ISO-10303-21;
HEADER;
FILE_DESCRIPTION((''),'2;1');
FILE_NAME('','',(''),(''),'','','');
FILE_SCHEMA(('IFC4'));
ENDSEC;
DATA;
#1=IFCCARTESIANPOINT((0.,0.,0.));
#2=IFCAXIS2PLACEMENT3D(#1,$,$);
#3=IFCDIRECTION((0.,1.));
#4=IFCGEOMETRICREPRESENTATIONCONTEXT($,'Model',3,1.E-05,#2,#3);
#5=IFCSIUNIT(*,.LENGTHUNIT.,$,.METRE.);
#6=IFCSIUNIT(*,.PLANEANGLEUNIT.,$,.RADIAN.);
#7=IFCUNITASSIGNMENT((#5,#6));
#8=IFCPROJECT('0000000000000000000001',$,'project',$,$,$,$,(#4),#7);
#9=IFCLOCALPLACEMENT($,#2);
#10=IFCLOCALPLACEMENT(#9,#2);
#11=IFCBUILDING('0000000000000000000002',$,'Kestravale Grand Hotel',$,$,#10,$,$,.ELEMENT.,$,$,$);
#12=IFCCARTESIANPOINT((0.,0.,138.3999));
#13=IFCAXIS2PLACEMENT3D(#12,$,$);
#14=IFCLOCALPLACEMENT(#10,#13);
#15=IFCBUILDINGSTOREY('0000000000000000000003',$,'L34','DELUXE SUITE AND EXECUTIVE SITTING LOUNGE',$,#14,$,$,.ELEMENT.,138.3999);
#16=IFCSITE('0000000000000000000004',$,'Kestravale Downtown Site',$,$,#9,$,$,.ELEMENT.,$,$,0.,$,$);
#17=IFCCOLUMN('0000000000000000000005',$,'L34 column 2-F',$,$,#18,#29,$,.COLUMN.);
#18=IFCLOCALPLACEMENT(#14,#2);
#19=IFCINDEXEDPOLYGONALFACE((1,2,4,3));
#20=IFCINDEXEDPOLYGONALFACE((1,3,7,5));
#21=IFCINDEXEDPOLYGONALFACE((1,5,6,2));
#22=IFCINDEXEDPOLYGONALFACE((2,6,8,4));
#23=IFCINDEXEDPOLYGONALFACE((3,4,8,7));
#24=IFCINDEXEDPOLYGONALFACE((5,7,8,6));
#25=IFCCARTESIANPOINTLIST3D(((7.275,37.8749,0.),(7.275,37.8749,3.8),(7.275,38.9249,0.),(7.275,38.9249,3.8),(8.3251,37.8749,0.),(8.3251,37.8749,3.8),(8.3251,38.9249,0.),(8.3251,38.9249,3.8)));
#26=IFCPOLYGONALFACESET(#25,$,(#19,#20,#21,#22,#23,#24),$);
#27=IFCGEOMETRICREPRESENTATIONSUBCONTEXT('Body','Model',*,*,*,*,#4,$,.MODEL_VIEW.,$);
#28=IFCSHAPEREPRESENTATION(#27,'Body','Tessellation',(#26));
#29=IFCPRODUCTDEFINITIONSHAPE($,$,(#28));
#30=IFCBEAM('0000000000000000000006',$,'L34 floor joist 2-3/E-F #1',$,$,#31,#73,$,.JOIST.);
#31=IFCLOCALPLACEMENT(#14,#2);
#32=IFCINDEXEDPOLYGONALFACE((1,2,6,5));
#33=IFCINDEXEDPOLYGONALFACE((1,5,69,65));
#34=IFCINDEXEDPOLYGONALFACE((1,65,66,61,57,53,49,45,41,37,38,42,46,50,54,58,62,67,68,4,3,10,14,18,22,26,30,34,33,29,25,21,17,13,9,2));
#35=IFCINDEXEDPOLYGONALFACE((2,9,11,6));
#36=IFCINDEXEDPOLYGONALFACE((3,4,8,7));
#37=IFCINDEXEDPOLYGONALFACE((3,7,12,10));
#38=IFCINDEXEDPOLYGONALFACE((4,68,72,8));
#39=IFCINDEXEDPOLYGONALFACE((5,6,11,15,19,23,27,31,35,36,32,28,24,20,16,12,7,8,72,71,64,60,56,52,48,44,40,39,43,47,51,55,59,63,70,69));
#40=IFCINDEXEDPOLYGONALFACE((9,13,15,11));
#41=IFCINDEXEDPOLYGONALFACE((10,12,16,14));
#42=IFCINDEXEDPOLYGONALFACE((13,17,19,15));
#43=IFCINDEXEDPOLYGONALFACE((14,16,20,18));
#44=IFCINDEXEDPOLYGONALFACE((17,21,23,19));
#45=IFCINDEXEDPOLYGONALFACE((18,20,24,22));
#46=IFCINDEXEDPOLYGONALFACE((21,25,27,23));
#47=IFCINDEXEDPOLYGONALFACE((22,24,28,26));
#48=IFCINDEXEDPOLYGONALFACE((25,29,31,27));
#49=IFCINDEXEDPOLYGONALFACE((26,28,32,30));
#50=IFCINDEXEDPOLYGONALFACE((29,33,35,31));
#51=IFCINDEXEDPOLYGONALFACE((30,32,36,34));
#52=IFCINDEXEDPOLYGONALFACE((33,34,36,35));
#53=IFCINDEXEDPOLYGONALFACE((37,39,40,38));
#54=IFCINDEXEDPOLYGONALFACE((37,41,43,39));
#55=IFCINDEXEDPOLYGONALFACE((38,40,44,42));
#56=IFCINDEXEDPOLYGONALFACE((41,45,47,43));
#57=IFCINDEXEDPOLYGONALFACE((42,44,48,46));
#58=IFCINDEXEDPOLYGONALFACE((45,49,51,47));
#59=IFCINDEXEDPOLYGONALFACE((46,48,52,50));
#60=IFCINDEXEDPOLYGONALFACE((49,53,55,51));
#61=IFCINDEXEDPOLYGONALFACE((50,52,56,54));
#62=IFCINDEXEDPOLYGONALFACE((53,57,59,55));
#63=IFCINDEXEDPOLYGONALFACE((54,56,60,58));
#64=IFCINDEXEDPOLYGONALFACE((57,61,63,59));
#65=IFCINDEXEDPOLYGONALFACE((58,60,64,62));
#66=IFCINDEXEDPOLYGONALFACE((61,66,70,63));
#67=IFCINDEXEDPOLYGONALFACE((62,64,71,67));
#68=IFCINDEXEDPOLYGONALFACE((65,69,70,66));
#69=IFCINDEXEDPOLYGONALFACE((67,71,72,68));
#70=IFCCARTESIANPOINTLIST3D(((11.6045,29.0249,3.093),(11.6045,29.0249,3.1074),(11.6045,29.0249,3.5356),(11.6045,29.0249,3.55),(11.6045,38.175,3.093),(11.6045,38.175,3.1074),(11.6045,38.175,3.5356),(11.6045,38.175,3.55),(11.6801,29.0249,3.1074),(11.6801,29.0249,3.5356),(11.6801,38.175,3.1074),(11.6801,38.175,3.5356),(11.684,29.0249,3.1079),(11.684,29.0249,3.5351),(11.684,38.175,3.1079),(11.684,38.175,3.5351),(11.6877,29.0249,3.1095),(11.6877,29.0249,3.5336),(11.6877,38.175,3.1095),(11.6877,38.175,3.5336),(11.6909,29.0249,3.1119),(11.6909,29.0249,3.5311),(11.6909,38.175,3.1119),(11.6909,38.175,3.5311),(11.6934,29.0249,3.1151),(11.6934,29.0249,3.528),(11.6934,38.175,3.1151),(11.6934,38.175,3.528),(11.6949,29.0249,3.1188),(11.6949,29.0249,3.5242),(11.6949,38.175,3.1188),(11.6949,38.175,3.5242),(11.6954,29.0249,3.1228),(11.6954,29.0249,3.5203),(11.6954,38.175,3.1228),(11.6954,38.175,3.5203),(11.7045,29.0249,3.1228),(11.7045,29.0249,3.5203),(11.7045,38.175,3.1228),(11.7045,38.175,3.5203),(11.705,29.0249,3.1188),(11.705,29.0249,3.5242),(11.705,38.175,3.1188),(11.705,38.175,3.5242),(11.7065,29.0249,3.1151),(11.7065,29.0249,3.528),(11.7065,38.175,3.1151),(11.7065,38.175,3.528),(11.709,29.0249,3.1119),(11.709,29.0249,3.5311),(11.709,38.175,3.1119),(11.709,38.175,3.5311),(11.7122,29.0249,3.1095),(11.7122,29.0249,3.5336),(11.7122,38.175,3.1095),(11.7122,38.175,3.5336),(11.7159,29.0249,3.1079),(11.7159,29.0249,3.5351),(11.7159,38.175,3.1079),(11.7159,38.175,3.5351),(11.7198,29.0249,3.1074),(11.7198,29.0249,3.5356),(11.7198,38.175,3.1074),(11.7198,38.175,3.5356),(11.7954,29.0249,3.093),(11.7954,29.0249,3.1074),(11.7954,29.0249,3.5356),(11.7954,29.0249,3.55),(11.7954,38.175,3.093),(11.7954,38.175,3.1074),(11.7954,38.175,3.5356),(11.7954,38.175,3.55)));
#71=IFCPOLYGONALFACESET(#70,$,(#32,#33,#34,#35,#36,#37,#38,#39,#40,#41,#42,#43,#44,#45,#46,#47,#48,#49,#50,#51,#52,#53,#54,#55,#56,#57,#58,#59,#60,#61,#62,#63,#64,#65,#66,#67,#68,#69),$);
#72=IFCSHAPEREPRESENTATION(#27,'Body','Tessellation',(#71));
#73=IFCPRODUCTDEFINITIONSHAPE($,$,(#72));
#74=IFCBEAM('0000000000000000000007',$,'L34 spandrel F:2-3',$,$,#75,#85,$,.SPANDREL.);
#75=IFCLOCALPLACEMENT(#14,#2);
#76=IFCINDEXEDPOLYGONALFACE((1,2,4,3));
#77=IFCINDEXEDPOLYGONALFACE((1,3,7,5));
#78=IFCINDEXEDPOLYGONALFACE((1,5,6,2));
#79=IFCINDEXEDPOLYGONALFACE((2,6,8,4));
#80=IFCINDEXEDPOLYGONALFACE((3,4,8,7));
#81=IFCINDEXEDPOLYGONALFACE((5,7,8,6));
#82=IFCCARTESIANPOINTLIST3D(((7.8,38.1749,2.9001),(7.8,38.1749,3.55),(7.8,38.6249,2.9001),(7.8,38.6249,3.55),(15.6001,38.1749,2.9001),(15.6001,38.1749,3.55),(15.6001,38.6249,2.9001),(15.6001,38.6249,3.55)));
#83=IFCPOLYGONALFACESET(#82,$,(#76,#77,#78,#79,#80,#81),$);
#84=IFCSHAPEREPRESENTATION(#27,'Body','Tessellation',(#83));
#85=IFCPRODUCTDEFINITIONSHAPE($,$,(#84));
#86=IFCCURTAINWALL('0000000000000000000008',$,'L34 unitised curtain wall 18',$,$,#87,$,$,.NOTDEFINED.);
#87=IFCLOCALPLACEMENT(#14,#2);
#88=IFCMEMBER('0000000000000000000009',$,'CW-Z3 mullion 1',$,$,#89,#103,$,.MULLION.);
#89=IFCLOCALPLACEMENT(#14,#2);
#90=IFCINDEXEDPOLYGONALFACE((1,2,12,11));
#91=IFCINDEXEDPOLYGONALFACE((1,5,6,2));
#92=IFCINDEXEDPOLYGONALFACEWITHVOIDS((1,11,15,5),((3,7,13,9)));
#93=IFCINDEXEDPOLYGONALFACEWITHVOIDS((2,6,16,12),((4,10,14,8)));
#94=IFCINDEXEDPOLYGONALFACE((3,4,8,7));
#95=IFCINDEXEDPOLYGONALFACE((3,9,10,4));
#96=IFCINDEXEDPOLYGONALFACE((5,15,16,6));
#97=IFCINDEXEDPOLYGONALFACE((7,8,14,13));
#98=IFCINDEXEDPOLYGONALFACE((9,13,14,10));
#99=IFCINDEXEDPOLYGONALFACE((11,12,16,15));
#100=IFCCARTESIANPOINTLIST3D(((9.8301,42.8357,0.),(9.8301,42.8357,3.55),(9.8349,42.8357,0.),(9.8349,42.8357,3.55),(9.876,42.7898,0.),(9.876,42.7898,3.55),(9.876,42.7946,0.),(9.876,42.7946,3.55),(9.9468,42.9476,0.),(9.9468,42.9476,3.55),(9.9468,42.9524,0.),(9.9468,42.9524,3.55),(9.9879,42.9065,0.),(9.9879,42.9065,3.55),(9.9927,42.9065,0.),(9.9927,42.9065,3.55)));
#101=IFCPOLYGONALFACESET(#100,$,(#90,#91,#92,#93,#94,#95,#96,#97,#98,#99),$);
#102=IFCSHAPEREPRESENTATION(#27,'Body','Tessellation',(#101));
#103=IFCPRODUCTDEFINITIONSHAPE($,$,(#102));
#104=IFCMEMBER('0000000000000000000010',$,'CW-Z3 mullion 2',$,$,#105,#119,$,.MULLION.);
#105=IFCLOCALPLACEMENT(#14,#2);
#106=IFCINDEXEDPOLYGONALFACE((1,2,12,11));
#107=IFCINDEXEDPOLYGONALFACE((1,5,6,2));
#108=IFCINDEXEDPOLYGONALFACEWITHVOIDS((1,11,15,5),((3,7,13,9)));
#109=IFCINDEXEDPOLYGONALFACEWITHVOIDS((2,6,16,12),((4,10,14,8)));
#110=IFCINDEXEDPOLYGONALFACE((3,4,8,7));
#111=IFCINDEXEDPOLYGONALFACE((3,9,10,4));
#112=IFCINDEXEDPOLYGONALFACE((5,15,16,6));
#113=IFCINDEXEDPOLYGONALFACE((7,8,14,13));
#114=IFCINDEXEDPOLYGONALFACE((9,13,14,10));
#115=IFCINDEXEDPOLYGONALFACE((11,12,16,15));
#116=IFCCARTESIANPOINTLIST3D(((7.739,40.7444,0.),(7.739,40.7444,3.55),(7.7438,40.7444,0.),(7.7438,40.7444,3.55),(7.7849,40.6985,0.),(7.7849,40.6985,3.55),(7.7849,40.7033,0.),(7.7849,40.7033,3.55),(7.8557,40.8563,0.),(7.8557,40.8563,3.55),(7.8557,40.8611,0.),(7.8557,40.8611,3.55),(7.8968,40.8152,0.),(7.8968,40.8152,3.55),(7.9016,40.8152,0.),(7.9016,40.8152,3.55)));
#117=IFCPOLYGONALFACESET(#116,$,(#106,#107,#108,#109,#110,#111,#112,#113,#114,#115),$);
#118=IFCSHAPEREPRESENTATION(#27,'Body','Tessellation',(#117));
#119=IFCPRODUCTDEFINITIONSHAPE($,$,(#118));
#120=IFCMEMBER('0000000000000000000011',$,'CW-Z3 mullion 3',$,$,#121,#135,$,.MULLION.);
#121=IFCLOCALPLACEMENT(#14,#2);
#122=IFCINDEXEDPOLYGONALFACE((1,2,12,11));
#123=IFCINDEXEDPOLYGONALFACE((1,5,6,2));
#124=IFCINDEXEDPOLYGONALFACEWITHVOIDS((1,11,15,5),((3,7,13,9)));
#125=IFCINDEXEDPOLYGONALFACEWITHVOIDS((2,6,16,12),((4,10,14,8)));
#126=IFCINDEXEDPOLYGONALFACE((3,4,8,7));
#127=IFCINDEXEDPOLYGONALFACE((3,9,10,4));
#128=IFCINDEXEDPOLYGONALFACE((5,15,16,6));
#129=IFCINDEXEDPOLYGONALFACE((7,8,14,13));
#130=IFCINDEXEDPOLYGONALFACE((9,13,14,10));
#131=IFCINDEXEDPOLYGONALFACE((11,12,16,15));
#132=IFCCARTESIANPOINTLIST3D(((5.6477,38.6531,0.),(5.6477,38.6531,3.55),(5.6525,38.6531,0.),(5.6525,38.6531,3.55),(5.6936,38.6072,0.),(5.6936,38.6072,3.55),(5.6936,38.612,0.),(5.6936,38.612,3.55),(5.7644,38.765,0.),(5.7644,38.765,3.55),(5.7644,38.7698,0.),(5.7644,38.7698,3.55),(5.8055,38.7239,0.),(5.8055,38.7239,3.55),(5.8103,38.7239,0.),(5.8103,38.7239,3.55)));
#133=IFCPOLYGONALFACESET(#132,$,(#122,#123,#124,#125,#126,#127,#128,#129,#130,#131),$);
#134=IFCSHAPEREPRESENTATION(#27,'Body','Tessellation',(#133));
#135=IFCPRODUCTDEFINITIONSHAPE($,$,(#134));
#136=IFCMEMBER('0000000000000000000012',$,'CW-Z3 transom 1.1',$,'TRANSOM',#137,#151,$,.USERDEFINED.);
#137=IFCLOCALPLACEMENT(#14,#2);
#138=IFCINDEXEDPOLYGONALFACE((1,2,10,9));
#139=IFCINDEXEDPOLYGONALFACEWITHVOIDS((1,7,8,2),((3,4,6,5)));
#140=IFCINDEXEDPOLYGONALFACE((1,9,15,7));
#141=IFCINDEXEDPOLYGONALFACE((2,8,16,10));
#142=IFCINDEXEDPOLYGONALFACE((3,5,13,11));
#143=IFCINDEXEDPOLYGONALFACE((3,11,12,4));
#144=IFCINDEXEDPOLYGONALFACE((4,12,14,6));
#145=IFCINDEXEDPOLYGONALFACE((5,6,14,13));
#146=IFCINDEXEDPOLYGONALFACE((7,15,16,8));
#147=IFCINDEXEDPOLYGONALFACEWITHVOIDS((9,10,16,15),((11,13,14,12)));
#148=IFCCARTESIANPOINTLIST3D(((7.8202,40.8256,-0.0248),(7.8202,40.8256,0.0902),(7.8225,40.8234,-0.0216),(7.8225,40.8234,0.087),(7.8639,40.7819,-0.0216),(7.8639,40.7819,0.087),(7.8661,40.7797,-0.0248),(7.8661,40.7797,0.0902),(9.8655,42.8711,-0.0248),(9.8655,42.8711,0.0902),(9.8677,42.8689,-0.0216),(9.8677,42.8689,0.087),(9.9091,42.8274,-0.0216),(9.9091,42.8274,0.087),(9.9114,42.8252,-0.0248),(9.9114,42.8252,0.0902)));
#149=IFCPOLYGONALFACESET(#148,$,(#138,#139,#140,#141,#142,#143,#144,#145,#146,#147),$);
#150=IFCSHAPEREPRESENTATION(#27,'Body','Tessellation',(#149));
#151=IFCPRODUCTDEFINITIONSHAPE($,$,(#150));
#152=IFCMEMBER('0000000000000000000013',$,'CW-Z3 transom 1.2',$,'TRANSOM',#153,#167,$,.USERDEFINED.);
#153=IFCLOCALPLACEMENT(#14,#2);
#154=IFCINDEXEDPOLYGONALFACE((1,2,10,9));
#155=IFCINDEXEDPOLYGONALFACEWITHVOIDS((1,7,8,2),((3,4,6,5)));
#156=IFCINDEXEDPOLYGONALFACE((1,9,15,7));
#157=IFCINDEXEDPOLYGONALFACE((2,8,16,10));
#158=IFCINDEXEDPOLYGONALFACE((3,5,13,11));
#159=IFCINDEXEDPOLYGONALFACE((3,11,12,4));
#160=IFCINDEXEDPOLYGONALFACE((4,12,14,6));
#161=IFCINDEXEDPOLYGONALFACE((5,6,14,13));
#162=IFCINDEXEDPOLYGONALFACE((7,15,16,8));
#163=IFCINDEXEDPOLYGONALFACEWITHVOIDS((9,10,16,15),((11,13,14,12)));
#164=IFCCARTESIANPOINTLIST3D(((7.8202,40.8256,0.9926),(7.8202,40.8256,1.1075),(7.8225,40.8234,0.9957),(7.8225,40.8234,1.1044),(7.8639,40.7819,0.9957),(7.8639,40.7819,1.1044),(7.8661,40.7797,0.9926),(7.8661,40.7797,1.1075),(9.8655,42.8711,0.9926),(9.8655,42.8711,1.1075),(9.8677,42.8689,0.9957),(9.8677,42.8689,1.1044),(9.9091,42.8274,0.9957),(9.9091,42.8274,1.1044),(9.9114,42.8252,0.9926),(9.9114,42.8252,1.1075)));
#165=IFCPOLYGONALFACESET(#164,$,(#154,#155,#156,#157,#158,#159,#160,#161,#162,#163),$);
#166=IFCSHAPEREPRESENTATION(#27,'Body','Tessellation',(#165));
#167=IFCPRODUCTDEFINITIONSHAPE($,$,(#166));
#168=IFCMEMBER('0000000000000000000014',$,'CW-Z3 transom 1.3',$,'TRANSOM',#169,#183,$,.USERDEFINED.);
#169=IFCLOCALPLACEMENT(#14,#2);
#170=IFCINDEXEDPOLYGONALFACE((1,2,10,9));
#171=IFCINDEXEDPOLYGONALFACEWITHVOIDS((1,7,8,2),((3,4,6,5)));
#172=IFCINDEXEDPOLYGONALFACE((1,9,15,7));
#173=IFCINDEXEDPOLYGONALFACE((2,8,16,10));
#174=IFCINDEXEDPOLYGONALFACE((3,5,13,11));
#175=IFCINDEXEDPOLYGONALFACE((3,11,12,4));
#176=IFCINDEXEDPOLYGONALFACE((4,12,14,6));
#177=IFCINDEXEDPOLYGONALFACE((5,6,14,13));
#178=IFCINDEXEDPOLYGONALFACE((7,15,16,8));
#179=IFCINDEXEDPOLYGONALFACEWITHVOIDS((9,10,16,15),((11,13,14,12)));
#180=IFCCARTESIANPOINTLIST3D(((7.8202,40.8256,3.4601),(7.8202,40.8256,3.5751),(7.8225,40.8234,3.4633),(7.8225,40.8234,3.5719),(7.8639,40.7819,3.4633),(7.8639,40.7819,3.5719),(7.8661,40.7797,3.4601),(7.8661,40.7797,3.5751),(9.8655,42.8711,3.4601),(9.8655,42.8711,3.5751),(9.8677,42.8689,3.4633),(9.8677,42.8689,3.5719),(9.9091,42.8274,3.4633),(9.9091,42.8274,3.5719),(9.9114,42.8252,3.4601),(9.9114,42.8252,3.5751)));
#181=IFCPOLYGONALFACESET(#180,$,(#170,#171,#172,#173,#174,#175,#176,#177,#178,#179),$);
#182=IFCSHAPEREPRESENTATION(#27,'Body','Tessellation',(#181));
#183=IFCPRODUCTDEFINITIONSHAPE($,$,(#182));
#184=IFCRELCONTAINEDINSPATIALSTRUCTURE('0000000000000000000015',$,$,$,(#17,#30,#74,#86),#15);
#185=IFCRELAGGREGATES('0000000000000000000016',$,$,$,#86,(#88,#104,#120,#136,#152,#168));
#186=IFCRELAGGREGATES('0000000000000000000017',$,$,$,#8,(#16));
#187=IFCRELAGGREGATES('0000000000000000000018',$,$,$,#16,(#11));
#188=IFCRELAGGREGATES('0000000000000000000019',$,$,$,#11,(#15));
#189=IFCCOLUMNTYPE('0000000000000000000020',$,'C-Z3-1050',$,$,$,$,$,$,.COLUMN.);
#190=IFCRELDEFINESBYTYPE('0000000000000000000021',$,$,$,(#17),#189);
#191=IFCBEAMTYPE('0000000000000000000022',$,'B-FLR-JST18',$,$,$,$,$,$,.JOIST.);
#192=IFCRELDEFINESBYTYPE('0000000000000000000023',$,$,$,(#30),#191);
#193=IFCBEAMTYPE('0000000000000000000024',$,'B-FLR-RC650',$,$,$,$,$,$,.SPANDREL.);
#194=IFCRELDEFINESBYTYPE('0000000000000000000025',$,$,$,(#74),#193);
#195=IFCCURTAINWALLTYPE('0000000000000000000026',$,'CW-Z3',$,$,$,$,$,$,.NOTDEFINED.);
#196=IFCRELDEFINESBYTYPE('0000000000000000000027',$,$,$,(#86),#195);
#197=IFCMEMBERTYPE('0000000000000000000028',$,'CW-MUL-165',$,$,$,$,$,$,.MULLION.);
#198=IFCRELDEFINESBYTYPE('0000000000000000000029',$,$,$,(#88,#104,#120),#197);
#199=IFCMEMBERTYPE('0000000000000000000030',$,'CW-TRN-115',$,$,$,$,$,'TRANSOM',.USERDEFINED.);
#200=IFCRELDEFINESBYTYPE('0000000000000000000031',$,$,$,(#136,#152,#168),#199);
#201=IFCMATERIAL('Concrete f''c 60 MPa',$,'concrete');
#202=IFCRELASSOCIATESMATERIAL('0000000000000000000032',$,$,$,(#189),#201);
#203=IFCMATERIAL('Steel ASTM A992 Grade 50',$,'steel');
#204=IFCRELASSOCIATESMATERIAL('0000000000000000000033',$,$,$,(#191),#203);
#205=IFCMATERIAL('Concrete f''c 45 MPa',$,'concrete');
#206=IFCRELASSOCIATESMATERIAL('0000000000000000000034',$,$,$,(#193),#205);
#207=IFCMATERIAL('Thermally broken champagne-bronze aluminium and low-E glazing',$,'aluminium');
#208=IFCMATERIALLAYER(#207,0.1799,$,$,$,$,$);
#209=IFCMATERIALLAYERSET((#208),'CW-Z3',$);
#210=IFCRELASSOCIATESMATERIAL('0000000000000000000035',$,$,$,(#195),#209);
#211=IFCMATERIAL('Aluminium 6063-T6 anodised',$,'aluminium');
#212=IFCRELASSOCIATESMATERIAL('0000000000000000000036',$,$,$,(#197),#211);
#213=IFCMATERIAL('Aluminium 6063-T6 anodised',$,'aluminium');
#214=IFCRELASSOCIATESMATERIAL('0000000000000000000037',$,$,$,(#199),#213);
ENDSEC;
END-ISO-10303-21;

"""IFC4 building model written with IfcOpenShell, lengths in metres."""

from ifc_helpers import new_model, si_unit, direction, frame, origin, origin_2d, place, context, subcontext, project, spatial, rectangle, hollow_rectangle, i_section, extrude, material, layer, layer_set, material_profile, profile_set, type_object, element, aggregate, save


model = new_model("IFC4")

# Units and contexts
model_context = context("Model", 3, precision=1e-05, world=origin(), true_north=direction((0.0, 1.0)))
body_context = subcontext(model_context, "Body", "Model", "MODEL_VIEW")
ifc_project = project(units=[si_unit("LENGTHUNIT", "METRE"), si_unit("PLANEANGLEUNIT", "RADIAN")], contexts=[model_context])

# Site, building, storey
site_placement = place(None, origin())
site = spatial("IfcSite", under=ifc_project, at=site_placement, Name="Kestravale Downtown Site", CompositionType="ELEMENT", RefElevation=0.0)
building_placement = place(site_placement, origin())
building = spatial("IfcBuilding", under=site, at=building_placement, Name="Kestravale Grand Hotel", CompositionType="ELEMENT")
storey_placement = place(building_placement, frame((0.0, 0.0, 138.3999)))
storey = spatial("IfcBuildingStorey", under=building, at=storey_placement, Name="L34", Description="DELUXE SUITE AND EXECUTIVE SITTING LOUNGE", CompositionType="ELEMENT", Elevation=138.3999)

# Column
ifc_material_1 = material(Name="Concrete f'c 60 MPa", Category="concrete")
ifc_material_profile_1 = material_profile(ifc_material_1, rectangle(XDim=1.05, YDim=1.05, at=origin_2d()))
ifc_profile_set_1 = profile_set([ifc_material_profile_1], Name="Concrete f'c 60 MPa")
column_type = type_object("IfcColumnType", Name="C-Z3-1050", PredefinedType="COLUMN", material=ifc_profile_set_1)
column_placement = place(storey_placement, frame((7.8, 38.3999, 0.0), z_axis=(0.0, 0.0, 1.0), x_axis=(1.0, 0.0, 0.0)))
element("IfcColumn", 1, at=column_placement, inside=storey, type_object=column_type, Name="L34 column 2-F", PredefinedType="COLUMN", context=body_context, shape_type="SweptSolid", body=[
    extrude(rectangle(XDim=1.05, YDim=1.05, at=origin_2d()), origin(), (0.0, 0.0, 1.0), 3.8),
])

# Beams
ifc_material_2 = material(Name="Steel ASTM A992 Grade 50", Category="steel")
ifc_material_profile_2 = material_profile(ifc_material_2, i_section(OverallWidth=0.1909, OverallDepth=0.457, WebThickness=0.009, FlangeThickness=0.0144, FilletRadius=0.0154, at=origin_2d()))
ifc_profile_set_2 = profile_set([ifc_material_profile_2], Name="Steel ASTM A992 Grade 50")
beam_type_1 = type_object("IfcBeamType", Name="B-FLR-JST18", PredefinedType="JOIST", material=ifc_profile_set_2)
beam_1_placement = place(storey_placement, frame((11.7, 29.0249, 3.3215), z_axis=(0.0, 1.0, 0.0), x_axis=(-1.0, 0.0, 0.0)))
element("IfcBeam", 2, at=beam_1_placement, inside=storey, type_object=beam_type_1, Name="L34 floor joist 2-3/E-F #1", PredefinedType="JOIST", context=body_context, shape_type="SweptSolid", body=[
    extrude(i_section(OverallWidth=0.1909, OverallDepth=0.457, WebThickness=0.009, FlangeThickness=0.0144, FilletRadius=0.0154, at=origin_2d()), origin(), (0.0, 0.0, 1.0), 9.1501),
])
ifc_material_3 = material(Name="Concrete f'c 45 MPa", Category="concrete")
ifc_material_profile_3 = material_profile(ifc_material_3, rectangle(XDim=0.45, YDim=0.6499, at=origin_2d()))
ifc_profile_set_3 = profile_set([ifc_material_profile_3], Name="Concrete f'c 45 MPa")
beam_type_2 = type_object("IfcBeamType", Name="B-FLR-RC650", PredefinedType="SPANDREL", material=ifc_profile_set_3)
beam_2_placement = place(storey_placement, frame((7.8, 38.3999, 3.2251), z_axis=(1.0, 0.0, 0.0), x_axis=(0.0, 1.0, 0.0)))
element("IfcBeam", 3, at=beam_2_placement, inside=storey, type_object=beam_type_2, Name="L34 spandrel F:2-3", PredefinedType="SPANDREL", context=body_context, shape_type="SweptSolid", body=[
    extrude(rectangle(XDim=0.45, YDim=0.6499, at=origin_2d()), origin(), (0.0, 0.0, 1.0), 7.8),
])

# Curtain wall, members
ifc_material_4 = material(Name="Thermally broken champagne-bronze aluminium and low-E glazing", Category="aluminium")
ifc_layer_1 = layer(ifc_material_4, 0.1799)
ifc_layer_set_1 = layer_set([ifc_layer_1], Name="CW-Z3")
curtain_wall_type = type_object("IfcCurtainWallType", Name="CW-Z3", PredefinedType="NOTDEFINED", material=ifc_layer_set_1)
curtain_wall_placement = place(storey_placement, origin())
curtain_wall = element("IfcCurtainWall", 4, at=curtain_wall_placement, inside=storey, type_object=curtain_wall_type, Name="L34 unitised curtain wall 18", PredefinedType="NOTDEFINED")
ifc_material_5 = material(Name="Aluminium 6063-T6 anodised", Category="aluminium")
ifc_material_profile_4 = material_profile(ifc_material_5, hollow_rectangle(XDim=0.0649, YDim=0.165, WallThickness=0.0034, at=origin_2d()))
ifc_profile_set_4 = profile_set([ifc_material_profile_4], Name="Aluminium 6063-T6 anodised")
member_type_1 = type_object("IfcMemberType", Name="CW-MUL-165", PredefinedType="MULLION", material=ifc_profile_set_4)
member_1_placement = place(storey_placement, frame((9.9114, 42.8711, 0.0), z_axis=(0.0, 0.0, 1.0), x_axis=(0.707107, -0.707107, 0.0)))
member_1 = element("IfcMember", 5, at=member_1_placement, type_object=member_type_1, Name="CW-Z3 mullion 1", PredefinedType="MULLION", context=body_context, shape_type="SweptSolid", body=[
    extrude(hollow_rectangle(XDim=0.0649, YDim=0.165, WallThickness=0.0034, at=origin_2d()), origin(), (0.0, 0.0, 1.0), 3.55),
])
member_2_placement = place(storey_placement, frame((7.8203, 40.7798, 0.0), z_axis=(0.0, 0.0, 1.0), x_axis=(0.707107, -0.707107, 0.0)))
member_2 = element("IfcMember", 6, at=member_2_placement, type_object=member_type_1, Name="CW-Z3 mullion 2", PredefinedType="MULLION", context=body_context, shape_type="SweptSolid", body=[
    extrude(hollow_rectangle(XDim=0.0649, YDim=0.165, WallThickness=0.0034, at=origin_2d()), origin(), (0.0, 0.0, 1.0), 3.55),
])
member_3_placement = place(storey_placement, frame((5.729, 38.6885, 0.0), z_axis=(0.0, 0.0, 1.0), x_axis=(0.707107, -0.707107, 0.0)))
member_3 = element("IfcMember", 7, at=member_3_placement, type_object=member_type_1, Name="CW-Z3 mullion 3", PredefinedType="MULLION", context=body_context, shape_type="SweptSolid", body=[
    extrude(hollow_rectangle(XDim=0.0649, YDim=0.165, WallThickness=0.0034, at=origin_2d()), origin(), (0.0, 0.0, 1.0), 3.55),
])
ifc_material_6 = material(Name="Aluminium 6063-T6 anodised", Category="aluminium")
ifc_material_profile_5 = material_profile(ifc_material_6, hollow_rectangle(XDim=0.0649, YDim=0.115, WallThickness=0.0032, at=origin_2d()))
ifc_profile_set_5 = profile_set([ifc_material_profile_5], Name="Aluminium 6063-T6 anodised")
member_type_2 = type_object("IfcMemberType", Name="CW-TRN-115", ElementType="TRANSOM", PredefinedType="USERDEFINED", material=ifc_profile_set_5)
member_4_placement = place(storey_placement, frame((9.8884, 42.8481, 0.0327), z_axis=(-0.707065, -0.707149, 0.0), x_axis=(0.707149, -0.707065, 0.0)))
member_4 = element("IfcMember", 8, at=member_4_placement, type_object=member_type_2, Name="CW-Z3 transom 1.1", ObjectType="TRANSOM", PredefinedType="USERDEFINED", context=body_context, shape_type="SweptSolid", body=[
    extrude(hollow_rectangle(XDim=0.0649, YDim=0.115, WallThickness=0.0032, at=origin_2d()), origin(), (0.0, 0.0, 1.0), 2.8926),
])
member_5_placement = place(storey_placement, frame((9.8884, 42.8481, 1.05), z_axis=(-0.707065, -0.707149, 0.0), x_axis=(0.707149, -0.707065, 0.0)))
member_5 = element("IfcMember", 9, at=member_5_placement, type_object=member_type_2, Name="CW-Z3 transom 1.2", ObjectType="TRANSOM", PredefinedType="USERDEFINED", context=body_context, shape_type="SweptSolid", body=[
    extrude(hollow_rectangle(XDim=0.0649, YDim=0.115, WallThickness=0.0032, at=origin_2d()), origin(), (0.0, 0.0, 1.0), 2.8926),
])
member_6_placement = place(storey_placement, frame((9.8884, 42.8481, 3.5176), z_axis=(-0.707065, -0.707149, 0.0), x_axis=(0.707149, -0.707065, 0.0)))
member_6 = element("IfcMember", 10, at=member_6_placement, type_object=member_type_2, Name="CW-Z3 transom 1.3", ObjectType="TRANSOM", PredefinedType="USERDEFINED", context=body_context, shape_type="SweptSolid", body=[
    extrude(hollow_rectangle(XDim=0.0649, YDim=0.115, WallThickness=0.0032, at=origin_2d()), origin(), (0.0, 0.0, 1.0), 2.8926),
])
aggregate(curtain_wall, [member_1, member_2, member_3, member_4, member_5, member_6])

save(model, "model.ifc")
